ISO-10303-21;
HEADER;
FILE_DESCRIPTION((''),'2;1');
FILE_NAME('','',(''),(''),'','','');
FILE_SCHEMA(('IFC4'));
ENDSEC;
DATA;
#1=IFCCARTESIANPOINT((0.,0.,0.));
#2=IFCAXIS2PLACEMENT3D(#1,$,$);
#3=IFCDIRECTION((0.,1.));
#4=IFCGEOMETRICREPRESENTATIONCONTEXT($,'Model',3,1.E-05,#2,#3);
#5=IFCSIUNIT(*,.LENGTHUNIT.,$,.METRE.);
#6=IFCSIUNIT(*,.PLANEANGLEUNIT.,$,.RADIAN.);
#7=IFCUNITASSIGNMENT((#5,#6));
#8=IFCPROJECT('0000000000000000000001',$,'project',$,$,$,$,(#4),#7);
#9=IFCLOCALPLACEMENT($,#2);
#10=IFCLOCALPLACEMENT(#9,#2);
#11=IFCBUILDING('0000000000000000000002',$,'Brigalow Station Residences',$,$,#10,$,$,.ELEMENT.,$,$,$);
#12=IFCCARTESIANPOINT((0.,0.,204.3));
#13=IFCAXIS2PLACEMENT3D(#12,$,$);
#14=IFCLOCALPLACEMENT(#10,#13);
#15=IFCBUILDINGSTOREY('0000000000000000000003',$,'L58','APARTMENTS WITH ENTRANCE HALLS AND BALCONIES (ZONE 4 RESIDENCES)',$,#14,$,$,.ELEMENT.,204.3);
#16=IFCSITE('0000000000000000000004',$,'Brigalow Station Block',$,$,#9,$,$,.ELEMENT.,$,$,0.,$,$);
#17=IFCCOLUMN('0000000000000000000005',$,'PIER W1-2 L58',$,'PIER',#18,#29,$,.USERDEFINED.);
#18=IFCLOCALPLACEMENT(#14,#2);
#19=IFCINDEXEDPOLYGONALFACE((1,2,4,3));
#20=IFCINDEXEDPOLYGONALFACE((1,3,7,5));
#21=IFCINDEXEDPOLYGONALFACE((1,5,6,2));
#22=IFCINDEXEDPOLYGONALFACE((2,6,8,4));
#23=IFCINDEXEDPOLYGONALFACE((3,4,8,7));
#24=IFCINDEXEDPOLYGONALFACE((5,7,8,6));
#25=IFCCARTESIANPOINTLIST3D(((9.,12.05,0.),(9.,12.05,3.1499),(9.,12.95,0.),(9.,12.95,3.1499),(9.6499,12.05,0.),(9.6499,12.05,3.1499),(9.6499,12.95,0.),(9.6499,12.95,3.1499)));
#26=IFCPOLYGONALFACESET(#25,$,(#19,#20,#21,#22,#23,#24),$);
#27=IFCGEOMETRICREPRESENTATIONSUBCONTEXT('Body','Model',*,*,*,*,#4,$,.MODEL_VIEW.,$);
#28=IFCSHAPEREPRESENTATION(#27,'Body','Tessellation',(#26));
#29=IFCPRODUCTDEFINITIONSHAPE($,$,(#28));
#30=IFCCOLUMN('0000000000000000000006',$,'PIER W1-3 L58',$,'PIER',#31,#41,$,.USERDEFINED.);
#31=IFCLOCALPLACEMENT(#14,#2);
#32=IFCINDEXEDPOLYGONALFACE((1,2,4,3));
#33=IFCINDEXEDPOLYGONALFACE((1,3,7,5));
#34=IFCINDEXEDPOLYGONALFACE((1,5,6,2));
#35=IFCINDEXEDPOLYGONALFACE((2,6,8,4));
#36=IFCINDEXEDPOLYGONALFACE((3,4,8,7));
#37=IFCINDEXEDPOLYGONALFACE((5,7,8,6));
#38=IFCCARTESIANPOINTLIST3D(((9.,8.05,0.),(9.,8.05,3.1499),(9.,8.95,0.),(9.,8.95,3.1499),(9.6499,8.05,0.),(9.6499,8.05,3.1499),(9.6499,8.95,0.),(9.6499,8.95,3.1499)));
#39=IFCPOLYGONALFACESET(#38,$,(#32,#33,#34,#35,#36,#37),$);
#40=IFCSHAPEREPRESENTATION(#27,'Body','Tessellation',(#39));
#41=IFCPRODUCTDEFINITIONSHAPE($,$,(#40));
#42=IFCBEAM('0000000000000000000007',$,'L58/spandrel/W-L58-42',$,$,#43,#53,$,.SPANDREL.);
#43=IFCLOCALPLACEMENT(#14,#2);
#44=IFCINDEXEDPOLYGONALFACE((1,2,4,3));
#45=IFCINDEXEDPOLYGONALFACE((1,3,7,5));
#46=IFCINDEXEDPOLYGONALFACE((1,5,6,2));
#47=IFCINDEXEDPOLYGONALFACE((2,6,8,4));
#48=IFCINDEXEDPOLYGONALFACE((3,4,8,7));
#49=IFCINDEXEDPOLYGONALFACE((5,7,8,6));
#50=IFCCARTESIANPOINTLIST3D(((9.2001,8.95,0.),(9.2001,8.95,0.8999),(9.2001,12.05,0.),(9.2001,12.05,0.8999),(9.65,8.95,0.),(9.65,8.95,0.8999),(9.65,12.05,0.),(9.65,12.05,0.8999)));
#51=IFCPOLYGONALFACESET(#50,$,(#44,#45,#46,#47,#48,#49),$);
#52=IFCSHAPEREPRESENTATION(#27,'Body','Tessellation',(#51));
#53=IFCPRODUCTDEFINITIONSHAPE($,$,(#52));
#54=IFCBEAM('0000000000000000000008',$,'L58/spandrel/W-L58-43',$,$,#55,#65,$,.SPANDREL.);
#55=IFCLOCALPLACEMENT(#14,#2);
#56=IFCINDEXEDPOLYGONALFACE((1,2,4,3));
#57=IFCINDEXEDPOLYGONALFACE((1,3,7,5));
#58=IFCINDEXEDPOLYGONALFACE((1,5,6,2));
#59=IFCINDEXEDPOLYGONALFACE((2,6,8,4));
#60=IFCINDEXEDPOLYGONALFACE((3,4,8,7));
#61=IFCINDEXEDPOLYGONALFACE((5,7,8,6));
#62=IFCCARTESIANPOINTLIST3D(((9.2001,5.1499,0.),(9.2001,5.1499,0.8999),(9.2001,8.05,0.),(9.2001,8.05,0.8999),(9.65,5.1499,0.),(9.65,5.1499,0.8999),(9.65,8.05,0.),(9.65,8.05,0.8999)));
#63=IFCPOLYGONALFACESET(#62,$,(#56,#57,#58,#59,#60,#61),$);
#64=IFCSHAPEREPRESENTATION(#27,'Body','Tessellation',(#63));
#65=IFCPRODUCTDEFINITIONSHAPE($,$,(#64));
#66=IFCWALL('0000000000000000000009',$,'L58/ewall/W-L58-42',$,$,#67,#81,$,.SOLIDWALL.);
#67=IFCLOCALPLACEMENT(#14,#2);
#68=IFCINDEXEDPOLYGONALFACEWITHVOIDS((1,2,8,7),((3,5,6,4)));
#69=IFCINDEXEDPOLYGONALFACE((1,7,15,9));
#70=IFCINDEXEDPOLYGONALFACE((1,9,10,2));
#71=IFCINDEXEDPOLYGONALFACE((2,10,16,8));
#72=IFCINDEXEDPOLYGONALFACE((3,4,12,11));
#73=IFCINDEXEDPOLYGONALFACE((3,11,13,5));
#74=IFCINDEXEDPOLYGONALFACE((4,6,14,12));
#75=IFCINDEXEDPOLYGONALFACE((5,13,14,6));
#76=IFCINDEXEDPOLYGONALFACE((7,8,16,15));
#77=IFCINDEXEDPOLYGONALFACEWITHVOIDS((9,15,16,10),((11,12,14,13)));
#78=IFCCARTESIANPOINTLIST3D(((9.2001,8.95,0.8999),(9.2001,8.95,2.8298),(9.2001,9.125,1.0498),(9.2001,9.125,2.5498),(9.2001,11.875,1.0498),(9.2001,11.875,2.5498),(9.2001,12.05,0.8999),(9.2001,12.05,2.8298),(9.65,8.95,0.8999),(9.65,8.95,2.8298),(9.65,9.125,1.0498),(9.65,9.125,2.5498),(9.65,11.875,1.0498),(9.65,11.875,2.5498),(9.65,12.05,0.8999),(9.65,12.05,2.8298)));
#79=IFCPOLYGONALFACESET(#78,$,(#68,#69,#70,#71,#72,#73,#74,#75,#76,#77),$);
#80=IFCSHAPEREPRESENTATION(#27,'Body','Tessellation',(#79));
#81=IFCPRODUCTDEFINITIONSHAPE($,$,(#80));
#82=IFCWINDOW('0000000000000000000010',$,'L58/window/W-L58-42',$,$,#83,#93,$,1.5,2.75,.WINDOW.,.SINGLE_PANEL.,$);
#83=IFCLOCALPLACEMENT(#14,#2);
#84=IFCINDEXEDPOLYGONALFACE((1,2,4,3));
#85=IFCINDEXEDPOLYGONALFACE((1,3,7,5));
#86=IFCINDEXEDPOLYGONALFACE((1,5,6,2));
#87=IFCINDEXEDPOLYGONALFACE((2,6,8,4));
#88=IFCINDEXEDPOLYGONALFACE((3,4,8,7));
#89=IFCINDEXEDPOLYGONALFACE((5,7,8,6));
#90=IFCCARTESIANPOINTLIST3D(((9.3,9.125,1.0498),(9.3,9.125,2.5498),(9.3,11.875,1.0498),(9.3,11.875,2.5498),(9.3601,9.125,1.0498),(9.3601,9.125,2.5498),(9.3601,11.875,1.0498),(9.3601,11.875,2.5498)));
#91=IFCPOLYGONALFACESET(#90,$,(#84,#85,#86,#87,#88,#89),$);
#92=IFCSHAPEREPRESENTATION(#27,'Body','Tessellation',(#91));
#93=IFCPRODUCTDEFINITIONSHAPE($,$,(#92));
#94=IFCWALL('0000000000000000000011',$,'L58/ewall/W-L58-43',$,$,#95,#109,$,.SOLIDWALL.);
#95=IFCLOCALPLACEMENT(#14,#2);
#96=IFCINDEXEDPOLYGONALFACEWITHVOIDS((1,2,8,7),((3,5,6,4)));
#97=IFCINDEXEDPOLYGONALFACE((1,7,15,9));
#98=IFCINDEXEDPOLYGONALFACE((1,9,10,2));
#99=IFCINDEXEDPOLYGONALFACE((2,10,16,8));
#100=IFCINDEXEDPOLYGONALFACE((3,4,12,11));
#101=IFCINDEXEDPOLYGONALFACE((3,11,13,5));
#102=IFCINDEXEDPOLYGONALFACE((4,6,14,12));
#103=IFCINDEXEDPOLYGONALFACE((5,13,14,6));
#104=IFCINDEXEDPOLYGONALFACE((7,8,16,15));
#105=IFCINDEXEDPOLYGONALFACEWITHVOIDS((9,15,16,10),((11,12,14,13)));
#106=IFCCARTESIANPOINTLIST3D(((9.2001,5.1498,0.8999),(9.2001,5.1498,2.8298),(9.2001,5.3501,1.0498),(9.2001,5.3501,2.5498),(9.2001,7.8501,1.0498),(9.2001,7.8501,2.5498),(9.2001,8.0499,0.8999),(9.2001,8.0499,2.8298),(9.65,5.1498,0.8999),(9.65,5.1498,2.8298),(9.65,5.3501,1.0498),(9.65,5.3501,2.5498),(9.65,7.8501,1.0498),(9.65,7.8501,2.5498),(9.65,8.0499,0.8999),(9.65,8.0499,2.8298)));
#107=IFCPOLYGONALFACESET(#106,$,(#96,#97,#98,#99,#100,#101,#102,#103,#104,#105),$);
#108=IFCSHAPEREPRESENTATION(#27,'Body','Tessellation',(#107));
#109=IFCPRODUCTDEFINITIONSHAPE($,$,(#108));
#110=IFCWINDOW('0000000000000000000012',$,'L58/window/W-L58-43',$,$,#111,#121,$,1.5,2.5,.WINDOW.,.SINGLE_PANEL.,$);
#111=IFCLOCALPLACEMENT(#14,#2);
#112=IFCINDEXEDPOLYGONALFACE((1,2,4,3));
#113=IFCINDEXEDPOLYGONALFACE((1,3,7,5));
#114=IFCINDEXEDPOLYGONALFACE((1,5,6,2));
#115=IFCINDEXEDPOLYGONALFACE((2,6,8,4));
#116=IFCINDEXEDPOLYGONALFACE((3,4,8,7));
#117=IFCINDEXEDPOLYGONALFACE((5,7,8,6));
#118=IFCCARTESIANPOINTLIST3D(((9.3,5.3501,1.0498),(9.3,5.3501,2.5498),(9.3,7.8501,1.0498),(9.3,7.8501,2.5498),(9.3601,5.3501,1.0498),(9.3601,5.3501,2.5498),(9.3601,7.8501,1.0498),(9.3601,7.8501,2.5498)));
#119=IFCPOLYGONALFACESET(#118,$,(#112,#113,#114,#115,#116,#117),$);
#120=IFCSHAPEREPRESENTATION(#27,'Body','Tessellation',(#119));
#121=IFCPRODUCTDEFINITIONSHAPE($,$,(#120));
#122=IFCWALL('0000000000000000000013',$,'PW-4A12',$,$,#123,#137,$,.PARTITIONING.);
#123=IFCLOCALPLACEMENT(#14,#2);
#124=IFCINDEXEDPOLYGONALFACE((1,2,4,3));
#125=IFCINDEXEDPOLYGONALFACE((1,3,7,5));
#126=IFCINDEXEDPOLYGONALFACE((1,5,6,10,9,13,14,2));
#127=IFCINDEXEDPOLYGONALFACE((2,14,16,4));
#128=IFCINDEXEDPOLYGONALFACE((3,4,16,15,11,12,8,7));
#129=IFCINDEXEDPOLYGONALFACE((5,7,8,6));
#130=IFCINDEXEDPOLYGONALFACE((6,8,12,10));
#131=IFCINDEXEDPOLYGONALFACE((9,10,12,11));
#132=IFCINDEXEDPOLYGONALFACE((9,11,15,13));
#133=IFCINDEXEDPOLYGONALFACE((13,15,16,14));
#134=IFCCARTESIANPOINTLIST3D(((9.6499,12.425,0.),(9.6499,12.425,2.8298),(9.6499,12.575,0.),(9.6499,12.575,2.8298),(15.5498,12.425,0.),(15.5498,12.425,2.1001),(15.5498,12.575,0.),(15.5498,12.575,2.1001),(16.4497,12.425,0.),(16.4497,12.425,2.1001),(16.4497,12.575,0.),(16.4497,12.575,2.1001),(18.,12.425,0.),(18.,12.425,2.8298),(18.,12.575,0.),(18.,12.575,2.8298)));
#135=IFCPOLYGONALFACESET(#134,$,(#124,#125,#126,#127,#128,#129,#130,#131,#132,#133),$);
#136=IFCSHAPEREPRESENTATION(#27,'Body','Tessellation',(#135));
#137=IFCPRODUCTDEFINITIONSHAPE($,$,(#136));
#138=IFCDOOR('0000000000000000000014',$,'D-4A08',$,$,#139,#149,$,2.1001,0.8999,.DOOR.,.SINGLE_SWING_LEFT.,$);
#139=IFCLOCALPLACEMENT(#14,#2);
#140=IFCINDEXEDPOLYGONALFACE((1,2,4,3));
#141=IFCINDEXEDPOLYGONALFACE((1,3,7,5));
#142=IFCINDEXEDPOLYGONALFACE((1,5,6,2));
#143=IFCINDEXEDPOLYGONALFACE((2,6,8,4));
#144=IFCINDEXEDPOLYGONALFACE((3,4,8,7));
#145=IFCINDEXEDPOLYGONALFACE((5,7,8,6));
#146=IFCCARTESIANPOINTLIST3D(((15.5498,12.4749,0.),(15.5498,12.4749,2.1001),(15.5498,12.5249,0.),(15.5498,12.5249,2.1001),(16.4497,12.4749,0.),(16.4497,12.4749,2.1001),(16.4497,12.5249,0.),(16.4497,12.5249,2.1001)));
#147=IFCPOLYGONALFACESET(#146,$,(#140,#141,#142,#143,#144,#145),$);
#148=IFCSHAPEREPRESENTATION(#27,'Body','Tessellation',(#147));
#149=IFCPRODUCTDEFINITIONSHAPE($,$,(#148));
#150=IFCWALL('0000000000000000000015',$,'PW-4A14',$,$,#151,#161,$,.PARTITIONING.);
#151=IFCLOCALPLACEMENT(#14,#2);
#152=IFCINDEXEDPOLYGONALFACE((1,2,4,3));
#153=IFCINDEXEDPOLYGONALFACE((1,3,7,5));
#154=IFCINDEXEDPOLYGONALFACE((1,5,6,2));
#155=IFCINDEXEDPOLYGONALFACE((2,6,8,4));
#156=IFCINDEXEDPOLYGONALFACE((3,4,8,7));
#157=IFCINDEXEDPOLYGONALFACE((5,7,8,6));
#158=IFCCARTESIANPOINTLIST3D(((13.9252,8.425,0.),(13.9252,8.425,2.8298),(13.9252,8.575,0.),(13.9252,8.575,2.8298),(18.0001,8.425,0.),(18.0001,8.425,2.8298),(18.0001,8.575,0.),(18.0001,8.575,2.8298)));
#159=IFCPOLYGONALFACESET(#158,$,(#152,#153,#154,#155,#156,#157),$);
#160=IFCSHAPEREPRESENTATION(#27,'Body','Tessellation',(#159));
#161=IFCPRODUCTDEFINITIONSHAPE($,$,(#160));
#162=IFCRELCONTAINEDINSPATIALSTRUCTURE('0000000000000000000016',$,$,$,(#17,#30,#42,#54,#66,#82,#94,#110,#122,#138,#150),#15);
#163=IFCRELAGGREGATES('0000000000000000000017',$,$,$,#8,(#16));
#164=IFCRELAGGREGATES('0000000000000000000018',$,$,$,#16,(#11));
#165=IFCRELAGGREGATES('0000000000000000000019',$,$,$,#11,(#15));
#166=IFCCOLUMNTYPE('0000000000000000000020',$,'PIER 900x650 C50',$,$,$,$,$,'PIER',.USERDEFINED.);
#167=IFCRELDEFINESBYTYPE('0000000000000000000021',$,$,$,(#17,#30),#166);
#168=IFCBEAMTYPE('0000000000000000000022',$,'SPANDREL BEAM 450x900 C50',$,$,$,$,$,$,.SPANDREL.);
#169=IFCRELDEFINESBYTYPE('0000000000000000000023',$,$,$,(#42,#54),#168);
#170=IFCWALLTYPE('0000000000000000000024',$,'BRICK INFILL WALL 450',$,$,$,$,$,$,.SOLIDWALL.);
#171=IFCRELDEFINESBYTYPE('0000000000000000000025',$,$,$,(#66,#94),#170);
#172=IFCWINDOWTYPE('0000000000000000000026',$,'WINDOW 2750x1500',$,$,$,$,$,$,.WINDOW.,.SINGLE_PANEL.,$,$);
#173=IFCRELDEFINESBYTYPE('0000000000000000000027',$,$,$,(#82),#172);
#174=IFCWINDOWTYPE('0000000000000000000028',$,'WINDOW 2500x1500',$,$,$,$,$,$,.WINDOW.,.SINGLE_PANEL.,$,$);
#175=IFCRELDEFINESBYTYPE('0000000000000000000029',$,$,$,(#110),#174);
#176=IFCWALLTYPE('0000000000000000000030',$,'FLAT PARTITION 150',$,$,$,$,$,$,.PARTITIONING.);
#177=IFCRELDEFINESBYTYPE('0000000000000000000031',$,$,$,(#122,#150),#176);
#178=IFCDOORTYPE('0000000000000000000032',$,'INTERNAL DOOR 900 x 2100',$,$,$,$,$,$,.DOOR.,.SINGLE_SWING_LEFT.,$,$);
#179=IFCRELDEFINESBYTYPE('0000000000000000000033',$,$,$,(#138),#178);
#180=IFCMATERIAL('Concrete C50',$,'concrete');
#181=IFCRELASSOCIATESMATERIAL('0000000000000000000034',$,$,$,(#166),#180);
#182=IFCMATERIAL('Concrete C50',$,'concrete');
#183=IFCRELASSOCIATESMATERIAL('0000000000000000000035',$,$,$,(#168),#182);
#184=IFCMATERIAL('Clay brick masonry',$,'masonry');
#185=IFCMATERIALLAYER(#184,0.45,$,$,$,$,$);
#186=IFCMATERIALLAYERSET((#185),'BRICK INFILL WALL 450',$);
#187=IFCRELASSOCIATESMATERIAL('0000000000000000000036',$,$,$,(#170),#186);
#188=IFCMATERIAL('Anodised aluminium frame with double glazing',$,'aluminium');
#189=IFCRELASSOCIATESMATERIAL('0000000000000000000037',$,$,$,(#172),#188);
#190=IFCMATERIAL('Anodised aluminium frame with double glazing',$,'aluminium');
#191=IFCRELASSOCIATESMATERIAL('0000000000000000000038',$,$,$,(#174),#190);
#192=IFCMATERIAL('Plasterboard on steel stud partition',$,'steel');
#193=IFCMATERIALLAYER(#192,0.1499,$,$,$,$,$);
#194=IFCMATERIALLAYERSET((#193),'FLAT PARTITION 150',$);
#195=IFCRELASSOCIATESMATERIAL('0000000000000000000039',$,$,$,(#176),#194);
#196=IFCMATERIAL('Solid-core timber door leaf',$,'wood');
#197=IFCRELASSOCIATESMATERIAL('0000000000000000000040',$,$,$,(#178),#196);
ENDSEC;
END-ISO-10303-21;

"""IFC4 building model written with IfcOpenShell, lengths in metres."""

from ifc_helpers import new_model, si_unit, direction, frame, frame_2d, origin, origin_2d, place, context, subcontext, project, spatial, rectangle, extrude, material, layer, layer_set, material_profile, profile_set, type_object, element, fill, save


model = new_model("IFC4")

# Units and contexts
model_context = context("Model", 3, precision=1e-05, world=origin(), true_north=direction((0.0, 1.0)))
body_context = subcontext(model_context, "Body", "Model", "MODEL_VIEW")
ifc_project = project(units=[si_unit("LENGTHUNIT", "METRE"), si_unit("PLANEANGLEUNIT", "RADIAN")], contexts=[model_context])

# Site, building, storey
site_placement = place(None, origin())
site = spatial("IfcSite", under=ifc_project, at=site_placement, Name="Brigalow Station Block", CompositionType="ELEMENT", RefElevation=0.0)
building_placement = place(site_placement, origin())
building = spatial("IfcBuilding", under=site, at=building_placement, Name="Brigalow Station Residences", CompositionType="ELEMENT")
storey_placement = place(building_placement, frame((0.0, 0.0, 204.3)))
storey = spatial("IfcBuildingStorey", under=building, at=storey_placement, Name="L58", Description="APARTMENTS WITH ENTRANCE HALLS AND BALCONIES (ZONE 4 RESIDENCES)", CompositionType="ELEMENT", Elevation=204.3)

# Columns
ifc_material_1 = material(Name="Concrete C50", Category="concrete")
ifc_material_profile_1 = material_profile(ifc_material_1, rectangle(XDim=0.8999, YDim=0.6499, at=origin_2d()), Name="RC900x650")
ifc_profile_set_1 = profile_set([ifc_material_profile_1], Name="Concrete C50")
column_type = type_object("IfcColumnType", Name="PIER 900x650 C50", ElementType="PIER", PredefinedType="USERDEFINED", material=ifc_profile_set_1)
for number, where, z_axis, x_axis, name in (
    (1, (9.325, 12.5, 0.0), (0.0, 0.0, 1.0), (0.0, -1.0, 0.0), "PIER W1-2 L58"),
    (2, (9.325, 8.5, 0.0), (0.0, 0.0, 1.0), (0.0, -1.0, 0.0), "PIER W1-3 L58"),
):
    element("IfcColumn", number, at=place(storey_placement, frame(where, z_axis=z_axis, x_axis=x_axis)), inside=storey, type_object=column_type, Name=name, ObjectType="PIER", PredefinedType="USERDEFINED", context=body_context, shape_type="SweptSolid", body=[
        extrude(rectangle(XDim=0.8999, YDim=0.6499, at=origin_2d()), origin(), (0.0, 0.0, 1.0), 3.1499),
    ])

# Beams
ifc_material_2 = material(Name="Concrete C50", Category="concrete")
ifc_material_profile_2 = material_profile(ifc_material_2, rectangle(XDim=0.45, YDim=0.8999, at=origin_2d()), Name="RC450x900")
ifc_profile_set_2 = profile_set([ifc_material_profile_2], Name="Concrete C50")
beam_type = type_object("IfcBeamType", Name="SPANDREL BEAM 450x900 C50", PredefinedType="SPANDREL", material=ifc_profile_set_2)
beam_1_placement = place(storey_placement, frame((9.425, 12.05, 0.45), z_axis=(0.0, -1.0, 0.0), x_axis=(1.0, 0.0, 0.0)))
element("IfcBeam", 3, at=beam_1_placement, inside=storey, type_object=beam_type, Name="L58/spandrel/W-L58-42", PredefinedType="SPANDREL", context=body_context, shape_type="SweptSolid", body=[
    extrude(rectangle(XDim=0.45, YDim=0.8999, at=origin_2d()), origin(), (0.0, 0.0, 1.0), 3.1001),
])
beam_2_placement = place(storey_placement, frame((9.425, 8.05, 0.45), z_axis=(0.0, -1.0, 0.0), x_axis=(1.0, 0.0, 0.0)))
element("IfcBeam", 4, at=beam_2_placement, inside=storey, type_object=beam_type, Name="L58/spandrel/W-L58-43", PredefinedType="SPANDREL", context=body_context, shape_type="SweptSolid", body=[
    extrude(rectangle(XDim=0.45, YDim=0.8999, at=origin_2d()), origin(), (0.0, 0.0, 1.0), 2.9001),
])

# Walls, openings, windows
ifc_material_3 = material(Name="Clay brick masonry", Category="masonry")
ifc_layer_1 = layer(ifc_material_3, 0.45)
ifc_layer_set_1 = layer_set([ifc_layer_1], Name="BRICK INFILL WALL 450")
wall_type_1 = type_object("IfcWallType", Name="BRICK INFILL WALL 450", PredefinedType="SOLIDWALL", material=ifc_layer_set_1)
wall_1_placement = place(storey_placement, frame((9.425, 12.05, 0.8999), z_axis=(0.0, 0.0, 1.0), x_axis=(0.0, -1.0, 0.0)))
wall_1 = element("IfcWall", 5, at=wall_1_placement, inside=storey, type_object=wall_type_1, Name="L58/ewall/W-L58-42", PredefinedType="SOLIDWALL", context=body_context, shape_type="SweptSolid", body=[
    extrude(rectangle(XDim=3.1001, YDim=0.45, at=frame_2d((1.55, 0.0))), origin(), (0.0, 0.0, 1.0), 1.9299),
])
opening_1_placement = place(wall_1_placement, frame((0.175, 0.0, 0.1499)))
opening_1 = element("IfcOpeningElement", 6, at=opening_1_placement, cuts=wall_1, PredefinedType="OPENING", context=body_context, shape_type="SweptSolid", body=[
    extrude(rectangle(XDim=2.75, YDim=1.5, at=frame_2d((1.375, 0.75))), frame((0.0, 0.2349, 0.0), z_axis=(0.0, -1.0, 0.0), x_axis=(1.0, 0.0, 0.0)), (0.0, 0.0, 1.0), 0.47),
])
ifc_material_4 = material(Name="Anodised aluminium frame with double glazing", Category="aluminium")
window_type_1 = type_object("IfcWindowType", Name="WINDOW 2750x1500", PartitioningType="SINGLE_PANEL", PredefinedType="WINDOW", material=ifc_material_4)
window_1_placement = place(opening_1_placement, origin())
window_1 = element("IfcWindow", 7, at=window_1_placement, inside=storey, type_object=window_type_1, Name="L58/window/W-L58-42", OverallHeight=1.5, OverallWidth=2.75, PartitioningType="SINGLE_PANEL", PredefinedType="WINDOW", context=body_context, shape_type="SweptSolid", body=[
    extrude(rectangle(XDim=2.75, YDim=1.5, at=frame_2d((1.375, 0.75))), frame((0.0, -0.0649, 0.0), z_axis=(0.0, -1.0, 0.0), x_axis=(1.0, 0.0, 0.0)), (0.0, 0.0, 1.0), 0.0601),
])
fill(opening_1, window_1)
wall_2_placement = place(storey_placement, frame((9.425, 8.05, 0.8999), z_axis=(0.0, 0.0, 1.0), x_axis=(0.0, -1.0, 0.0)))
wall_2 = element("IfcWall", 8, at=wall_2_placement, inside=storey, type_object=wall_type_1, Name="L58/ewall/W-L58-43", PredefinedType="SOLIDWALL", context=body_context, shape_type="SweptSolid", body=[
    extrude(rectangle(XDim=2.9001, YDim=0.45, at=frame_2d((1.4502, 0.0))), origin(), (0.0, 0.0, 1.0), 1.9299),
])
opening_2_placement = place(wall_2_placement, frame((0.2, 0.0, 0.1499)))
opening_2 = element("IfcOpeningElement", 9, at=opening_2_placement, cuts=wall_2, PredefinedType="OPENING", context=body_context, shape_type="SweptSolid", body=[
    extrude(rectangle(XDim=2.5, YDim=1.5, at=frame_2d((1.25, 0.75))), frame((0.0, 0.2349, 0.0), z_axis=(0.0, -1.0, 0.0), x_axis=(1.0, 0.0, 0.0)), (0.0, 0.0, 1.0), 0.47),
])
ifc_material_5 = material(Name="Anodised aluminium frame with double glazing", Category="aluminium")
window_type_2 = type_object("IfcWindowType", Name="WINDOW 2500x1500", PartitioningType="SINGLE_PANEL", PredefinedType="WINDOW", material=ifc_material_5)
window_2_placement = place(opening_2_placement, origin())
window_2 = element("IfcWindow", 10, at=window_2_placement, inside=storey, type_object=window_type_2, Name="L58/window/W-L58-43", OverallHeight=1.5, OverallWidth=2.5, PartitioningType="SINGLE_PANEL", PredefinedType="WINDOW", context=body_context, shape_type="SweptSolid", body=[
    extrude(rectangle(XDim=2.5, YDim=1.5, at=frame_2d((1.25, 0.75))), frame((0.0, -0.0649, 0.0), z_axis=(0.0, -1.0, 0.0), x_axis=(1.0, 0.0, 0.0)), (0.0, 0.0, 1.0), 0.0601),
])
fill(opening_2, window_2)

# Wall, opening, door
ifc_material_6 = material(Name="Plasterboard on steel stud partition", Category="steel")
ifc_layer_2 = layer(ifc_material_6, 0.1499)
ifc_layer_set_2 = layer_set([ifc_layer_2], Name="FLAT PARTITION 150")
wall_type_2 = type_object("IfcWallType", Name="FLAT PARTITION 150", PredefinedType="PARTITIONING", material=ifc_layer_set_2)
wall_3_placement = place(storey_placement, frame((9.6499, 12.5, 0.0), z_axis=(0.0, 0.0, 1.0), x_axis=(1.0, 0.0, 0.0)))
wall_3 = element("IfcWall", 11, at=wall_3_placement, inside=storey, type_object=wall_type_2, Name="PW-4A12", PredefinedType="PARTITIONING", context=body_context, shape_type="SweptSolid", body=[
    extrude(rectangle(XDim=8.3501, YDim=0.1499, at=frame_2d((4.175, 0.0))), origin(), (0.0, 0.0, 1.0), 2.8298),
])
opening_3_placement = place(wall_3_placement, frame((5.8999, 0.0, 0.0)))
opening_3 = element("IfcOpeningElement", 12, at=opening_3_placement, cuts=wall_3, PredefinedType="OPENING", context=body_context, shape_type="SweptSolid", body=[
    extrude(rectangle(XDim=0.8999, YDim=2.1001, at=frame_2d((0.45, 1.05))), frame((0.0, 0.085, 0.0), z_axis=(0.0, -1.0, 0.0), x_axis=(1.0, 0.0, 0.0)), (0.0, 0.0, 1.0), 0.1699),
])
ifc_material_7 = material(Name="Solid-core timber door leaf", Category="wood")
door_type = type_object("IfcDoorType", Name="INTERNAL DOOR 900 x 2100", OperationType="SINGLE_SWING_LEFT", PredefinedType="DOOR", material=ifc_material_7)
door_1_placement = place(opening_3_placement, origin())
door_1 = element("IfcDoor", 13, at=door_1_placement, inside=storey, type_object=door_type, Name="D-4A08", OperationType="SINGLE_SWING_LEFT", OverallHeight=2.1001, OverallWidth=0.8999, PredefinedType="DOOR", context=body_context, shape_type="SweptSolid", body=[
    extrude(rectangle(XDim=0.8999, YDim=2.1001, at=frame_2d((0.45, 1.05))), frame((0.0, 0.0249, 0.0), z_axis=(0.0, -1.0, 0.0), x_axis=(1.0, 0.0, 0.0)), (0.0, 0.0, 1.0), 0.05),
])
fill(opening_3, door_1)

# Wall
wall_4_placement = place(storey_placement, frame((13.925, 8.5, 0.0), z_axis=(0.0, 0.0, 1.0), x_axis=(1.0, 0.0, 0.0)))
element("IfcWall", 14, at=wall_4_placement, inside=storey, type_object=wall_type_2, Name="PW-4A14", PredefinedType="PARTITIONING", context=body_context, shape_type="SweptSolid", body=[
    extrude(rectangle(XDim=4.075, YDim=0.1499, at=frame_2d((2.0376, 0.0))), origin(), (0.0, 0.0, 1.0), 2.8298),
])

save(model, "model.ifc")
